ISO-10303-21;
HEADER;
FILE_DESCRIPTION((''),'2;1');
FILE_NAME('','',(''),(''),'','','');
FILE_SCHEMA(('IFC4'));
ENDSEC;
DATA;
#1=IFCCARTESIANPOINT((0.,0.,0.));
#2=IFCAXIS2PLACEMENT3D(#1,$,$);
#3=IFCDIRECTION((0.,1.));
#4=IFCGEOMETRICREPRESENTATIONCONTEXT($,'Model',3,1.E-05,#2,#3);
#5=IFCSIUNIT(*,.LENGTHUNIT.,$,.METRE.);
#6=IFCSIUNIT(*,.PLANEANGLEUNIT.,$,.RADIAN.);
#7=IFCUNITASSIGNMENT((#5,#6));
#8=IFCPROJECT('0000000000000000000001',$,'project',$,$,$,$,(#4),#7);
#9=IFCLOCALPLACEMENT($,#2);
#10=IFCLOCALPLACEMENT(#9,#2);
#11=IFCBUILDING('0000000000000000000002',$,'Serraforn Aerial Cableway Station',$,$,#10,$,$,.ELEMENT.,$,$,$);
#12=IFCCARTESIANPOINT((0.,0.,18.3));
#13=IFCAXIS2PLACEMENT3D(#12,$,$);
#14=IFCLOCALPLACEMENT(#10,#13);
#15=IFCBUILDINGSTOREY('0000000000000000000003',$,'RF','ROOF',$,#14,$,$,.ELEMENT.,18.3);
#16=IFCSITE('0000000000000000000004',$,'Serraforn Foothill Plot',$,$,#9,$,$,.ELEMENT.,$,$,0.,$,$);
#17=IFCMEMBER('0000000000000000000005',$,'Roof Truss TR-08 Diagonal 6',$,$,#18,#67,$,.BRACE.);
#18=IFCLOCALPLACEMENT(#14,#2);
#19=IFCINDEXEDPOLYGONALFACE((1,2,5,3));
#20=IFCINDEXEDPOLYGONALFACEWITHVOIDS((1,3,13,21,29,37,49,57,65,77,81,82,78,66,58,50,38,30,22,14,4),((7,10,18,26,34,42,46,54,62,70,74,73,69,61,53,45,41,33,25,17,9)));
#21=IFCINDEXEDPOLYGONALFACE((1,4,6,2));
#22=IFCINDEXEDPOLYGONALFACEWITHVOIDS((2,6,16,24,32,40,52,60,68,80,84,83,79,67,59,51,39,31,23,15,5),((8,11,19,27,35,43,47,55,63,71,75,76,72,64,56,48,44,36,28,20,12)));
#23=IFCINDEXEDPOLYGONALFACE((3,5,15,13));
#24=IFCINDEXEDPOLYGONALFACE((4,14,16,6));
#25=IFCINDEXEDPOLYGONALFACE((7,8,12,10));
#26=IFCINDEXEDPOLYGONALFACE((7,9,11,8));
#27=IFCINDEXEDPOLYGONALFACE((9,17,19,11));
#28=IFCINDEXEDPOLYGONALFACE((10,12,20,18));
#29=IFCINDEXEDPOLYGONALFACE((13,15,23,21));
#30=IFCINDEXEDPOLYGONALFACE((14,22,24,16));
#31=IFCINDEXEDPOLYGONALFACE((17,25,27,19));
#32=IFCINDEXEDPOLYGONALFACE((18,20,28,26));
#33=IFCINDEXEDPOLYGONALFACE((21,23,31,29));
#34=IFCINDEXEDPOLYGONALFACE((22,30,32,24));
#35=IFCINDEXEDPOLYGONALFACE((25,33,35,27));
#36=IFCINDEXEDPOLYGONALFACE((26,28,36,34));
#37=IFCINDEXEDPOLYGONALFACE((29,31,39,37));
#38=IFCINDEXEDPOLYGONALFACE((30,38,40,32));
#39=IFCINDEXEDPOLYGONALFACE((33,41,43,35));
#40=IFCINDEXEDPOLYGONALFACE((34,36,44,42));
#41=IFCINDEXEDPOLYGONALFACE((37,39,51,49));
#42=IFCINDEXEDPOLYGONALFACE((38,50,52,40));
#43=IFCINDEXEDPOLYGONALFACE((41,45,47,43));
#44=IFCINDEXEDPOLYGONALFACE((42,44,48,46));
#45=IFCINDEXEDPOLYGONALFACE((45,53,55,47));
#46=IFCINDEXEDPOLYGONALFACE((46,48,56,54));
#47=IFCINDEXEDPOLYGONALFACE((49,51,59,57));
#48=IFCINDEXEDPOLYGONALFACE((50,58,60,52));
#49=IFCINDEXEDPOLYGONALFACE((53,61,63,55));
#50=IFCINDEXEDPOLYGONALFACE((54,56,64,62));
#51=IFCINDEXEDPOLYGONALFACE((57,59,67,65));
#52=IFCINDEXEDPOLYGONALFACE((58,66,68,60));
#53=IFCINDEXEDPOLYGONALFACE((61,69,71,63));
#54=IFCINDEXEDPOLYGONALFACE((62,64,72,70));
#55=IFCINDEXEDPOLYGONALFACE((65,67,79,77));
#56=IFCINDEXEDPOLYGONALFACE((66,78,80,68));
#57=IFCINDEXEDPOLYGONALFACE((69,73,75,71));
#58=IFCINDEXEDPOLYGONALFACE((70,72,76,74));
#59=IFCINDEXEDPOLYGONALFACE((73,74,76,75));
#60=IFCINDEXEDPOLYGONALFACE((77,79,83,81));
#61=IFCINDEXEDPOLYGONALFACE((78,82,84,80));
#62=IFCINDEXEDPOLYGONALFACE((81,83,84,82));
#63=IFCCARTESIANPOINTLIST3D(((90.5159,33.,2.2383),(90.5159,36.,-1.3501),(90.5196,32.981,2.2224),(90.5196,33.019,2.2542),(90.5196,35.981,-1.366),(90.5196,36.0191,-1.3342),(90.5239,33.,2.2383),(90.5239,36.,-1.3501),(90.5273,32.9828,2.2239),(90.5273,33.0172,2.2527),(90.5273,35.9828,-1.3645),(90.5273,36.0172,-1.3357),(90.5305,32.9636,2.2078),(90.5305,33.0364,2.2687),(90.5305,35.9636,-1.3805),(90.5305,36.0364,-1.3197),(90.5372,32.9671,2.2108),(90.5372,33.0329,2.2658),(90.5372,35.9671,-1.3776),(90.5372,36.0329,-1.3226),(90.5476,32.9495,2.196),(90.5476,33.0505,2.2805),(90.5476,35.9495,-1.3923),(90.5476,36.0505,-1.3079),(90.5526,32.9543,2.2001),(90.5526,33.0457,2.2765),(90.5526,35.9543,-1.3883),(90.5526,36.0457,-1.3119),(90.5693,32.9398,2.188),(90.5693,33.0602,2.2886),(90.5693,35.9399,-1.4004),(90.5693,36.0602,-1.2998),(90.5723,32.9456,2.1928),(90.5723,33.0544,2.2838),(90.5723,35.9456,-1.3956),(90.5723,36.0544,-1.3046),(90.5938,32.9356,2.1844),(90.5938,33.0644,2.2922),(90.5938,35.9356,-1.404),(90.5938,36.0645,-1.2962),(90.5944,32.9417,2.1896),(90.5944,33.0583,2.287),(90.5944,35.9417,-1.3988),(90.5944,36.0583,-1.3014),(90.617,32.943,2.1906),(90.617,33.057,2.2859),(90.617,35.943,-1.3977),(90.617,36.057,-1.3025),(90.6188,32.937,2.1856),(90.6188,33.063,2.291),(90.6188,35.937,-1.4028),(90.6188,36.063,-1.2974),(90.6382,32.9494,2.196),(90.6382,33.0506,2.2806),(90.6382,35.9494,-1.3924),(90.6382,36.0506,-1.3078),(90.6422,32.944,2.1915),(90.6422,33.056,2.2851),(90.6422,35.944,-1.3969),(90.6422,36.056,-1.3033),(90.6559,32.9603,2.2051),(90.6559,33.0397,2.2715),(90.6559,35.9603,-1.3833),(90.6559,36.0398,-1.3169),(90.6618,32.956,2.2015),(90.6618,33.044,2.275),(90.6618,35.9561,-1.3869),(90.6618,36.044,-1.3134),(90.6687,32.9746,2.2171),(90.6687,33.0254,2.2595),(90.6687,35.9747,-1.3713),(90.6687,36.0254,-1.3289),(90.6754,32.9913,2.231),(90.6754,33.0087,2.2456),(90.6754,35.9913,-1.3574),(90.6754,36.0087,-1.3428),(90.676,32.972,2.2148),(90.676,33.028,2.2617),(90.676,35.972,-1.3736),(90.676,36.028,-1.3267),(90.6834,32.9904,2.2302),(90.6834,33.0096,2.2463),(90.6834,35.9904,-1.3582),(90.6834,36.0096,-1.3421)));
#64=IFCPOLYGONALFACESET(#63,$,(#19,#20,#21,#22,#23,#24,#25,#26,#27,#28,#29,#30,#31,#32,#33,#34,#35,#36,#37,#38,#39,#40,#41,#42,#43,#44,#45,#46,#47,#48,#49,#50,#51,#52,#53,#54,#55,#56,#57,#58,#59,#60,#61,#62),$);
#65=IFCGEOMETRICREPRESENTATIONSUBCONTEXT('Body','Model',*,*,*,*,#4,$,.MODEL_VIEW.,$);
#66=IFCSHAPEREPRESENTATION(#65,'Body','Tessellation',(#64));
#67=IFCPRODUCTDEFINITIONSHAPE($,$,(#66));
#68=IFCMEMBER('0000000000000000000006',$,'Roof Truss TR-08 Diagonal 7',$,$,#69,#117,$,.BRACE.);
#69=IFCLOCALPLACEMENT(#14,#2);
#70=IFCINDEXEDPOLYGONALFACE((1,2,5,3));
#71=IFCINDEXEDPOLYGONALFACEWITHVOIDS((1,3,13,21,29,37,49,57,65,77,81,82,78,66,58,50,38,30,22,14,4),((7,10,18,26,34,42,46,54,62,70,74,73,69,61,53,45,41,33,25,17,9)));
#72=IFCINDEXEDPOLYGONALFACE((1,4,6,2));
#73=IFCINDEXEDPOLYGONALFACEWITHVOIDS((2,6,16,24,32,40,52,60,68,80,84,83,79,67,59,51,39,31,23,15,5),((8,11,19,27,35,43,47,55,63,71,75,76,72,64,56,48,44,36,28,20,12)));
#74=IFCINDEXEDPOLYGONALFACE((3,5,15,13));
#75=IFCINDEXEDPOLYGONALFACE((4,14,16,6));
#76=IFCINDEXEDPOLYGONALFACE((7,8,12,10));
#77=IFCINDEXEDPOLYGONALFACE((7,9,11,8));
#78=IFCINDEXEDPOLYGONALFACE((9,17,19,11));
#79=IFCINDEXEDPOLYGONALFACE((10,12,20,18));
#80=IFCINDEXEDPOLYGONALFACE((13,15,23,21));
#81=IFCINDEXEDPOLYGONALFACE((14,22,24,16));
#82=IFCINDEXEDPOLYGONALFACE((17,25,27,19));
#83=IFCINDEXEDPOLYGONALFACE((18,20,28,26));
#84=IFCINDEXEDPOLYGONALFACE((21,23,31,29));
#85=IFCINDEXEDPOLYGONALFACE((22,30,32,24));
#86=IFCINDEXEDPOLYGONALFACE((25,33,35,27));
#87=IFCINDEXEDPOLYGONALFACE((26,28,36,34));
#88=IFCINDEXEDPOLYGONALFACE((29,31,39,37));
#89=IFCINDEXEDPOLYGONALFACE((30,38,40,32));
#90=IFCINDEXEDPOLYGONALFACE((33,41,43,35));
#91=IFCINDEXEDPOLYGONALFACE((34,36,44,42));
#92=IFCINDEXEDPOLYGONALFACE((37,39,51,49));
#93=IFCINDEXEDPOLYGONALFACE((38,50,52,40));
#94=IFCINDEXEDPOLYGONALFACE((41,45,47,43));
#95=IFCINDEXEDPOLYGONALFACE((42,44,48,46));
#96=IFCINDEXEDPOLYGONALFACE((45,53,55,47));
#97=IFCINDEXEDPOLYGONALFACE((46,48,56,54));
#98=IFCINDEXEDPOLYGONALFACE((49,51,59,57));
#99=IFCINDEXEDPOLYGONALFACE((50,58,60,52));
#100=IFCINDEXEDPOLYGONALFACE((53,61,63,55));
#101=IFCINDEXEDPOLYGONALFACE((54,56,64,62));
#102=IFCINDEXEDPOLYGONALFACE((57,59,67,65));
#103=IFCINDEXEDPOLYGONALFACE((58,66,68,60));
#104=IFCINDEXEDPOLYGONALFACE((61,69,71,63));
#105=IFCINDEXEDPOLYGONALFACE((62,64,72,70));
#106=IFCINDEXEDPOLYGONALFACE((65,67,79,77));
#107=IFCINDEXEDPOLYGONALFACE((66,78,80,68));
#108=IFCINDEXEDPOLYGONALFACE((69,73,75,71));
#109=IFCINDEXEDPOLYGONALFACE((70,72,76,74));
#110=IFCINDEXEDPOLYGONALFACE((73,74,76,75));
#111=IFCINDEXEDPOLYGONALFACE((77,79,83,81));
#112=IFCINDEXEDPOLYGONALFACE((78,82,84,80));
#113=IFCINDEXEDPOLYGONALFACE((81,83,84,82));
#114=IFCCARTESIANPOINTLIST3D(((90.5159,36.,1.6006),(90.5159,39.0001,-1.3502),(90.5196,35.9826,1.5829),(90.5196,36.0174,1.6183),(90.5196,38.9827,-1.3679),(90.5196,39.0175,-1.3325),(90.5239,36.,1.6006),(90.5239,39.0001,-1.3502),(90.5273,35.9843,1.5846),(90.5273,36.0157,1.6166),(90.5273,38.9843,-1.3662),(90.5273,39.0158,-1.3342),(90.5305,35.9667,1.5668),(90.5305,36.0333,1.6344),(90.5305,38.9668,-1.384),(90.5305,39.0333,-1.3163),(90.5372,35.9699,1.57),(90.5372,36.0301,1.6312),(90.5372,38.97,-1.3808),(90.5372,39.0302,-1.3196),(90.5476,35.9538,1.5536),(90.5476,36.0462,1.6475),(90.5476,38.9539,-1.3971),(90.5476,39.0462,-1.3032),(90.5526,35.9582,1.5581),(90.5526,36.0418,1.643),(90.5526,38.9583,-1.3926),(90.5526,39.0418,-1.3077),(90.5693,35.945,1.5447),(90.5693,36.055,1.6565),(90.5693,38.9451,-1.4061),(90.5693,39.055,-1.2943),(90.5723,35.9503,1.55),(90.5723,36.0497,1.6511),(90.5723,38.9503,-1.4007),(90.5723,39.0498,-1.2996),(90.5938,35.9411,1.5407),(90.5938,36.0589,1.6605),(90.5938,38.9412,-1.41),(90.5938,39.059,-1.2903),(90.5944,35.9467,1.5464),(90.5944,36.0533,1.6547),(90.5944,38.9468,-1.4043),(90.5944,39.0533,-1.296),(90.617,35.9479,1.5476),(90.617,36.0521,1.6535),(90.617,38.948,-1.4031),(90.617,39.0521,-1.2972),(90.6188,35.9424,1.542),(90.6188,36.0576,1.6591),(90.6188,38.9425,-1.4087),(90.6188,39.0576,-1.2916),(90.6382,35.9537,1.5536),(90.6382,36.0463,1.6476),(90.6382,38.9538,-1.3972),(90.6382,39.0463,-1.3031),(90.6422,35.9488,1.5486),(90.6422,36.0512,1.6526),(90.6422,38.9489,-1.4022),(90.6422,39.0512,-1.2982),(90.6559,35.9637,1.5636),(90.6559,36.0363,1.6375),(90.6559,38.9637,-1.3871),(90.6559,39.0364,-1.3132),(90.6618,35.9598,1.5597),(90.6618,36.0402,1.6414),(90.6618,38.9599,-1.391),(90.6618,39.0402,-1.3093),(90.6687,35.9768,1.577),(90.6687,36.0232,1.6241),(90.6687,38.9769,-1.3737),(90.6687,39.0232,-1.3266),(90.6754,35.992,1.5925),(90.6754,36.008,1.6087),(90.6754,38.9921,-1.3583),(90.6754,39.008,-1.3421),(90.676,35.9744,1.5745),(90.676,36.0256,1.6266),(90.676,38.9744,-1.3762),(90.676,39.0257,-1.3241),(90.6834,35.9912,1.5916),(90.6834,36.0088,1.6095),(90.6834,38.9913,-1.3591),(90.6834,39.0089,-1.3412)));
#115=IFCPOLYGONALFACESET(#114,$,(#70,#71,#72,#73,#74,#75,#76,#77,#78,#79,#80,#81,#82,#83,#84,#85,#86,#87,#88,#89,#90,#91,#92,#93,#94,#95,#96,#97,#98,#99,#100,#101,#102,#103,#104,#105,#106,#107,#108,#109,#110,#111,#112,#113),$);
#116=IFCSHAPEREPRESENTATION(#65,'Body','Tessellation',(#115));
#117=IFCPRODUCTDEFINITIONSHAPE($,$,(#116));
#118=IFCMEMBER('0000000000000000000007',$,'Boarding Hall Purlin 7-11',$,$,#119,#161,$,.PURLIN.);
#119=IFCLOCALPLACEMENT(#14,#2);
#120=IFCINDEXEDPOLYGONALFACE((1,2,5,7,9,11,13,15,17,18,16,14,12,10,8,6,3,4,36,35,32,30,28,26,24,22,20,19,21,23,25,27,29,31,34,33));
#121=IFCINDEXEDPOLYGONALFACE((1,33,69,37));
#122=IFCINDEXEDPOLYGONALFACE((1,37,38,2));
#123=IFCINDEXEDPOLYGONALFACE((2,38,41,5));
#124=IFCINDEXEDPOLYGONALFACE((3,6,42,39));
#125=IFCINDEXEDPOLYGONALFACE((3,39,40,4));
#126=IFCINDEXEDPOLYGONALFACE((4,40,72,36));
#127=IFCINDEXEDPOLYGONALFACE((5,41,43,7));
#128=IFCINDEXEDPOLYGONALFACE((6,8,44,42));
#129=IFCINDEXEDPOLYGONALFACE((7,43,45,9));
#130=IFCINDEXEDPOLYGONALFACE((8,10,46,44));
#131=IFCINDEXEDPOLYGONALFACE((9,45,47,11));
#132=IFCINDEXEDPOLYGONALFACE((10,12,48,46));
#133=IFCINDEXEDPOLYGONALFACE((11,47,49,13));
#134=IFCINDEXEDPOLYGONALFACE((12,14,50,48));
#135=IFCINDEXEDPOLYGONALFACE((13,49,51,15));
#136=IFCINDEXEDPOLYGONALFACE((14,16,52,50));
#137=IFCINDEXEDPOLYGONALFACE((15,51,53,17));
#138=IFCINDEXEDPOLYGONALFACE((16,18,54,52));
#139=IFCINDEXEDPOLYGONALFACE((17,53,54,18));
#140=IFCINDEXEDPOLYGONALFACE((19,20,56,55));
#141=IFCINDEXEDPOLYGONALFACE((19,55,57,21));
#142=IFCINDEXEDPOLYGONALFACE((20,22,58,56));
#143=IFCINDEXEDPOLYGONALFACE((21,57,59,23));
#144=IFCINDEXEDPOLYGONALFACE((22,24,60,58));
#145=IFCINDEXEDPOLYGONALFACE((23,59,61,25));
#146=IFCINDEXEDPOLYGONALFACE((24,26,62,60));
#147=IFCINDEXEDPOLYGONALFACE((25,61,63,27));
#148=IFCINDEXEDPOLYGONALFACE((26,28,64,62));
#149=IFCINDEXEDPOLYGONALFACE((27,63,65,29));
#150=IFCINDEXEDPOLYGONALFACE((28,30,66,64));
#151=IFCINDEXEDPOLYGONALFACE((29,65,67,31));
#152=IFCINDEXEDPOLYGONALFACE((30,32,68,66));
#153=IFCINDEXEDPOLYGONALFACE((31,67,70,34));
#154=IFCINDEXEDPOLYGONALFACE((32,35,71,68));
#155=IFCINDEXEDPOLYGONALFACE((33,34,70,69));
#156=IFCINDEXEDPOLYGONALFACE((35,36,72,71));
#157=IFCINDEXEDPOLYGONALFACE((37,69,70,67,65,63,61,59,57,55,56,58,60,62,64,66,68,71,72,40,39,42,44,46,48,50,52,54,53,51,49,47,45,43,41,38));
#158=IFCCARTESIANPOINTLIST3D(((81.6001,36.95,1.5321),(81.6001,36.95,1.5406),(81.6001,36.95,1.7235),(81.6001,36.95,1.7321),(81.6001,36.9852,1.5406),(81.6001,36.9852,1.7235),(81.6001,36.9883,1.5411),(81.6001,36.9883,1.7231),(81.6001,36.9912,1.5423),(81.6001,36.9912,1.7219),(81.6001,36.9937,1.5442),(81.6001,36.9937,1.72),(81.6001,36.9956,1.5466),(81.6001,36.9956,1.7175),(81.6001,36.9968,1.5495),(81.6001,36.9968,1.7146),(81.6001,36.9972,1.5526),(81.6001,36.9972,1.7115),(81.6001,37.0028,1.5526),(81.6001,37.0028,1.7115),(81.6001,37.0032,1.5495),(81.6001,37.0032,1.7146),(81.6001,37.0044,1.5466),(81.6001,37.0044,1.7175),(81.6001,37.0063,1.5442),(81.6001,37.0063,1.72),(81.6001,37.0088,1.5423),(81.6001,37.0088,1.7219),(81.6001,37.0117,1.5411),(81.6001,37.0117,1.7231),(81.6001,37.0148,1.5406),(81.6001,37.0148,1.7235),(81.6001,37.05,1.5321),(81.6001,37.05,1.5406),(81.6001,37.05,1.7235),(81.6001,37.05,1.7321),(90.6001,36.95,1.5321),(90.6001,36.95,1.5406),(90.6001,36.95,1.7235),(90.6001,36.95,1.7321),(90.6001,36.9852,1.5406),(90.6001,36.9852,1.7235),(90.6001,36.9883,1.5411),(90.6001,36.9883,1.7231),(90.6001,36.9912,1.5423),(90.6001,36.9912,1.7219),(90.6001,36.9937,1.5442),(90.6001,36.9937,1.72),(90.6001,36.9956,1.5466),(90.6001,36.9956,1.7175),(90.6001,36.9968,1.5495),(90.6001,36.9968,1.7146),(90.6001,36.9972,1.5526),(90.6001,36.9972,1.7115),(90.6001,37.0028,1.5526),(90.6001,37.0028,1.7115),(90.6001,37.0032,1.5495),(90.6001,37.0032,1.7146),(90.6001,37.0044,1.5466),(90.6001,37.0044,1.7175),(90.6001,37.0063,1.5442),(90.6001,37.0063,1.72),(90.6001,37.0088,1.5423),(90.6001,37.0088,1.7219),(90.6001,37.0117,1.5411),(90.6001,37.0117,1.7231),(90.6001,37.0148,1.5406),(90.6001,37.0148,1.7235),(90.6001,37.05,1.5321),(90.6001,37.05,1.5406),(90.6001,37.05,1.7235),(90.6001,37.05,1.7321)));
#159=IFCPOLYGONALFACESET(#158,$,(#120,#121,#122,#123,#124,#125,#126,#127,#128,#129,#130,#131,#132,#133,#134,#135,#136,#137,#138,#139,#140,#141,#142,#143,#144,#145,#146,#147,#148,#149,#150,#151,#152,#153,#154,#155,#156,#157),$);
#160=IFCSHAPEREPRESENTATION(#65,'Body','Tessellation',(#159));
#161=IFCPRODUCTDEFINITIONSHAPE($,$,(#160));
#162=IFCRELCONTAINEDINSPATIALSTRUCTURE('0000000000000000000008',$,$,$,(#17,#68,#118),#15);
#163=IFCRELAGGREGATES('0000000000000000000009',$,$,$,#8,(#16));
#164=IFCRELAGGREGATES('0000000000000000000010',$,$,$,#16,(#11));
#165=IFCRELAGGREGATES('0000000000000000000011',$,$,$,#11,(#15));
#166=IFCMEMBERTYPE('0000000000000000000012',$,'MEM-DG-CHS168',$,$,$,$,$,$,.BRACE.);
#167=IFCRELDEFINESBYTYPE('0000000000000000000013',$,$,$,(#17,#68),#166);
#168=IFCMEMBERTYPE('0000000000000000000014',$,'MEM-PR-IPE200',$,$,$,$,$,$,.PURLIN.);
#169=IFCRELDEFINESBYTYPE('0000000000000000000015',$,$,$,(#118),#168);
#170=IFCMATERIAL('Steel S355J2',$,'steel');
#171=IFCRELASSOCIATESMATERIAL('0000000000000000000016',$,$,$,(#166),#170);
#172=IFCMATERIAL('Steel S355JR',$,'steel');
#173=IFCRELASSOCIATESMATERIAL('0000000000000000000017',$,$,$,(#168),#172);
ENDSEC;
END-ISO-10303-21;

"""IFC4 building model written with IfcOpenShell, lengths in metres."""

from ifc_helpers import new_model, si_unit, direction, frame, origin, origin_2d, place, context, subcontext, project, spatial, hollow_circle, i_section, extrude, material, material_profile, profile_set, type_object, element, save


model = new_model("IFC4")

# Units and contexts
model_context = context("Model", 3, precision=1e-05, world=origin(), true_north=direction((0.0, 1.0)))
body_context = subcontext(model_context, "Body", "Model", "MODEL_VIEW")
ifc_project = project(units=[si_unit("LENGTHUNIT", "METRE"), si_unit("PLANEANGLEUNIT", "RADIAN")], contexts=[model_context])

# Site, building, storey
site_placement = place(None, origin())
site = spatial("IfcSite", under=ifc_project, at=site_placement, Name="Serraforn Foothill Plot", CompositionType="ELEMENT", RefElevation=0.0)
building_placement = place(site_placement, origin())
building = spatial("IfcBuilding", under=site, at=building_placement, Name="Serraforn Aerial Cableway Station", CompositionType="ELEMENT")
storey_placement = place(building_placement, frame((0.0, 0.0, 18.3)))
storey = spatial("IfcBuildingStorey", under=building, at=storey_placement, Name="RF", Description="ROOF", CompositionType="ELEMENT", Elevation=18.3)

# Members
ifc_material_1 = material(Name="Steel S355J2", Category="steel")
ifc_material_profile_1 = material_profile(ifc_material_1, hollow_circle(Radius=0.0842, WallThickness=0.0081, at=origin_2d()), Name="CHS 168.3x8.0")
ifc_profile_set_1 = profile_set([ifc_material_profile_1], Name="Steel S355J2")
member_type_1 = type_object("IfcMemberType", Name="MEM-DG-CHS168", PredefinedType="BRACE", material=ifc_profile_set_1)
member_1_placement = place(storey_placement, frame((90.6001, 33.0, 2.2383), z_axis=(0.0, 0.641406, -0.767202), x_axis=(-1.0, 0.0, 0.0)))
element("IfcMember", 1, at=member_1_placement, inside=storey, type_object=member_type_1, Name="Roof Truss TR-08 Diagonal 6", PredefinedType="BRACE", context=body_context, shape_type="SweptSolid", body=[
    extrude(hollow_circle(Radius=0.0842, WallThickness=0.0081, at=origin_2d()), origin(), (0.0, 0.0, 1.0), 4.6772),
])
member_2_placement = place(storey_placement, frame((90.6001, 36.0, 1.6006), z_axis=(0.0, 0.712942, -0.701223), x_axis=(-1.0, 0.0, 0.0)))
element("IfcMember", 2, at=member_2_placement, inside=storey, type_object=member_type_1, Name="Roof Truss TR-08 Diagonal 7", PredefinedType="BRACE", context=body_context, shape_type="SweptSolid", body=[
    extrude(hollow_circle(Radius=0.0842, WallThickness=0.0081, at=origin_2d()), origin(), (0.0, 0.0, 1.0), 4.208),
])
ifc_material_2 = material(Name="Steel S355JR", Category="steel")
ifc_material_profile_2 = material_profile(ifc_material_2, i_section(OverallWidth=0.1001, OverallDepth=0.2, WebThickness=0.0056, FlangeThickness=0.0085, FilletRadius=0.012, at=origin_2d()), Name="IPE 200")
ifc_profile_set_2 = profile_set([ifc_material_profile_2], Name="Steel S355JR")
member_type_2 = type_object("IfcMemberType", Name="MEM-PR-IPE200", PredefinedType="PURLIN", material=ifc_profile_set_2)
for number, where, z_axis, x_axis, name in (
    (3, (81.6001, 37.0, 1.6321), (1.0, 0.0, 0.0), (0.0, 1.0, 0.0), "Boarding Hall Purlin 7-11"),
):
    element("IfcMember", number, at=place(storey_placement, frame(where, z_axis=z_axis, x_axis=x_axis)), inside=storey, type_object=member_type_2, Name=name, PredefinedType="PURLIN", context=body_context, shape_type="SweptSolid", body=[
        extrude(i_section(OverallWidth=0.1001, OverallDepth=0.2, WebThickness=0.0056, FlangeThickness=0.0085, FilletRadius=0.012, at=origin_2d()), origin(), (0.0, 0.0, 1.0), 9.0),
    ])

save(model, "model.ifc")
